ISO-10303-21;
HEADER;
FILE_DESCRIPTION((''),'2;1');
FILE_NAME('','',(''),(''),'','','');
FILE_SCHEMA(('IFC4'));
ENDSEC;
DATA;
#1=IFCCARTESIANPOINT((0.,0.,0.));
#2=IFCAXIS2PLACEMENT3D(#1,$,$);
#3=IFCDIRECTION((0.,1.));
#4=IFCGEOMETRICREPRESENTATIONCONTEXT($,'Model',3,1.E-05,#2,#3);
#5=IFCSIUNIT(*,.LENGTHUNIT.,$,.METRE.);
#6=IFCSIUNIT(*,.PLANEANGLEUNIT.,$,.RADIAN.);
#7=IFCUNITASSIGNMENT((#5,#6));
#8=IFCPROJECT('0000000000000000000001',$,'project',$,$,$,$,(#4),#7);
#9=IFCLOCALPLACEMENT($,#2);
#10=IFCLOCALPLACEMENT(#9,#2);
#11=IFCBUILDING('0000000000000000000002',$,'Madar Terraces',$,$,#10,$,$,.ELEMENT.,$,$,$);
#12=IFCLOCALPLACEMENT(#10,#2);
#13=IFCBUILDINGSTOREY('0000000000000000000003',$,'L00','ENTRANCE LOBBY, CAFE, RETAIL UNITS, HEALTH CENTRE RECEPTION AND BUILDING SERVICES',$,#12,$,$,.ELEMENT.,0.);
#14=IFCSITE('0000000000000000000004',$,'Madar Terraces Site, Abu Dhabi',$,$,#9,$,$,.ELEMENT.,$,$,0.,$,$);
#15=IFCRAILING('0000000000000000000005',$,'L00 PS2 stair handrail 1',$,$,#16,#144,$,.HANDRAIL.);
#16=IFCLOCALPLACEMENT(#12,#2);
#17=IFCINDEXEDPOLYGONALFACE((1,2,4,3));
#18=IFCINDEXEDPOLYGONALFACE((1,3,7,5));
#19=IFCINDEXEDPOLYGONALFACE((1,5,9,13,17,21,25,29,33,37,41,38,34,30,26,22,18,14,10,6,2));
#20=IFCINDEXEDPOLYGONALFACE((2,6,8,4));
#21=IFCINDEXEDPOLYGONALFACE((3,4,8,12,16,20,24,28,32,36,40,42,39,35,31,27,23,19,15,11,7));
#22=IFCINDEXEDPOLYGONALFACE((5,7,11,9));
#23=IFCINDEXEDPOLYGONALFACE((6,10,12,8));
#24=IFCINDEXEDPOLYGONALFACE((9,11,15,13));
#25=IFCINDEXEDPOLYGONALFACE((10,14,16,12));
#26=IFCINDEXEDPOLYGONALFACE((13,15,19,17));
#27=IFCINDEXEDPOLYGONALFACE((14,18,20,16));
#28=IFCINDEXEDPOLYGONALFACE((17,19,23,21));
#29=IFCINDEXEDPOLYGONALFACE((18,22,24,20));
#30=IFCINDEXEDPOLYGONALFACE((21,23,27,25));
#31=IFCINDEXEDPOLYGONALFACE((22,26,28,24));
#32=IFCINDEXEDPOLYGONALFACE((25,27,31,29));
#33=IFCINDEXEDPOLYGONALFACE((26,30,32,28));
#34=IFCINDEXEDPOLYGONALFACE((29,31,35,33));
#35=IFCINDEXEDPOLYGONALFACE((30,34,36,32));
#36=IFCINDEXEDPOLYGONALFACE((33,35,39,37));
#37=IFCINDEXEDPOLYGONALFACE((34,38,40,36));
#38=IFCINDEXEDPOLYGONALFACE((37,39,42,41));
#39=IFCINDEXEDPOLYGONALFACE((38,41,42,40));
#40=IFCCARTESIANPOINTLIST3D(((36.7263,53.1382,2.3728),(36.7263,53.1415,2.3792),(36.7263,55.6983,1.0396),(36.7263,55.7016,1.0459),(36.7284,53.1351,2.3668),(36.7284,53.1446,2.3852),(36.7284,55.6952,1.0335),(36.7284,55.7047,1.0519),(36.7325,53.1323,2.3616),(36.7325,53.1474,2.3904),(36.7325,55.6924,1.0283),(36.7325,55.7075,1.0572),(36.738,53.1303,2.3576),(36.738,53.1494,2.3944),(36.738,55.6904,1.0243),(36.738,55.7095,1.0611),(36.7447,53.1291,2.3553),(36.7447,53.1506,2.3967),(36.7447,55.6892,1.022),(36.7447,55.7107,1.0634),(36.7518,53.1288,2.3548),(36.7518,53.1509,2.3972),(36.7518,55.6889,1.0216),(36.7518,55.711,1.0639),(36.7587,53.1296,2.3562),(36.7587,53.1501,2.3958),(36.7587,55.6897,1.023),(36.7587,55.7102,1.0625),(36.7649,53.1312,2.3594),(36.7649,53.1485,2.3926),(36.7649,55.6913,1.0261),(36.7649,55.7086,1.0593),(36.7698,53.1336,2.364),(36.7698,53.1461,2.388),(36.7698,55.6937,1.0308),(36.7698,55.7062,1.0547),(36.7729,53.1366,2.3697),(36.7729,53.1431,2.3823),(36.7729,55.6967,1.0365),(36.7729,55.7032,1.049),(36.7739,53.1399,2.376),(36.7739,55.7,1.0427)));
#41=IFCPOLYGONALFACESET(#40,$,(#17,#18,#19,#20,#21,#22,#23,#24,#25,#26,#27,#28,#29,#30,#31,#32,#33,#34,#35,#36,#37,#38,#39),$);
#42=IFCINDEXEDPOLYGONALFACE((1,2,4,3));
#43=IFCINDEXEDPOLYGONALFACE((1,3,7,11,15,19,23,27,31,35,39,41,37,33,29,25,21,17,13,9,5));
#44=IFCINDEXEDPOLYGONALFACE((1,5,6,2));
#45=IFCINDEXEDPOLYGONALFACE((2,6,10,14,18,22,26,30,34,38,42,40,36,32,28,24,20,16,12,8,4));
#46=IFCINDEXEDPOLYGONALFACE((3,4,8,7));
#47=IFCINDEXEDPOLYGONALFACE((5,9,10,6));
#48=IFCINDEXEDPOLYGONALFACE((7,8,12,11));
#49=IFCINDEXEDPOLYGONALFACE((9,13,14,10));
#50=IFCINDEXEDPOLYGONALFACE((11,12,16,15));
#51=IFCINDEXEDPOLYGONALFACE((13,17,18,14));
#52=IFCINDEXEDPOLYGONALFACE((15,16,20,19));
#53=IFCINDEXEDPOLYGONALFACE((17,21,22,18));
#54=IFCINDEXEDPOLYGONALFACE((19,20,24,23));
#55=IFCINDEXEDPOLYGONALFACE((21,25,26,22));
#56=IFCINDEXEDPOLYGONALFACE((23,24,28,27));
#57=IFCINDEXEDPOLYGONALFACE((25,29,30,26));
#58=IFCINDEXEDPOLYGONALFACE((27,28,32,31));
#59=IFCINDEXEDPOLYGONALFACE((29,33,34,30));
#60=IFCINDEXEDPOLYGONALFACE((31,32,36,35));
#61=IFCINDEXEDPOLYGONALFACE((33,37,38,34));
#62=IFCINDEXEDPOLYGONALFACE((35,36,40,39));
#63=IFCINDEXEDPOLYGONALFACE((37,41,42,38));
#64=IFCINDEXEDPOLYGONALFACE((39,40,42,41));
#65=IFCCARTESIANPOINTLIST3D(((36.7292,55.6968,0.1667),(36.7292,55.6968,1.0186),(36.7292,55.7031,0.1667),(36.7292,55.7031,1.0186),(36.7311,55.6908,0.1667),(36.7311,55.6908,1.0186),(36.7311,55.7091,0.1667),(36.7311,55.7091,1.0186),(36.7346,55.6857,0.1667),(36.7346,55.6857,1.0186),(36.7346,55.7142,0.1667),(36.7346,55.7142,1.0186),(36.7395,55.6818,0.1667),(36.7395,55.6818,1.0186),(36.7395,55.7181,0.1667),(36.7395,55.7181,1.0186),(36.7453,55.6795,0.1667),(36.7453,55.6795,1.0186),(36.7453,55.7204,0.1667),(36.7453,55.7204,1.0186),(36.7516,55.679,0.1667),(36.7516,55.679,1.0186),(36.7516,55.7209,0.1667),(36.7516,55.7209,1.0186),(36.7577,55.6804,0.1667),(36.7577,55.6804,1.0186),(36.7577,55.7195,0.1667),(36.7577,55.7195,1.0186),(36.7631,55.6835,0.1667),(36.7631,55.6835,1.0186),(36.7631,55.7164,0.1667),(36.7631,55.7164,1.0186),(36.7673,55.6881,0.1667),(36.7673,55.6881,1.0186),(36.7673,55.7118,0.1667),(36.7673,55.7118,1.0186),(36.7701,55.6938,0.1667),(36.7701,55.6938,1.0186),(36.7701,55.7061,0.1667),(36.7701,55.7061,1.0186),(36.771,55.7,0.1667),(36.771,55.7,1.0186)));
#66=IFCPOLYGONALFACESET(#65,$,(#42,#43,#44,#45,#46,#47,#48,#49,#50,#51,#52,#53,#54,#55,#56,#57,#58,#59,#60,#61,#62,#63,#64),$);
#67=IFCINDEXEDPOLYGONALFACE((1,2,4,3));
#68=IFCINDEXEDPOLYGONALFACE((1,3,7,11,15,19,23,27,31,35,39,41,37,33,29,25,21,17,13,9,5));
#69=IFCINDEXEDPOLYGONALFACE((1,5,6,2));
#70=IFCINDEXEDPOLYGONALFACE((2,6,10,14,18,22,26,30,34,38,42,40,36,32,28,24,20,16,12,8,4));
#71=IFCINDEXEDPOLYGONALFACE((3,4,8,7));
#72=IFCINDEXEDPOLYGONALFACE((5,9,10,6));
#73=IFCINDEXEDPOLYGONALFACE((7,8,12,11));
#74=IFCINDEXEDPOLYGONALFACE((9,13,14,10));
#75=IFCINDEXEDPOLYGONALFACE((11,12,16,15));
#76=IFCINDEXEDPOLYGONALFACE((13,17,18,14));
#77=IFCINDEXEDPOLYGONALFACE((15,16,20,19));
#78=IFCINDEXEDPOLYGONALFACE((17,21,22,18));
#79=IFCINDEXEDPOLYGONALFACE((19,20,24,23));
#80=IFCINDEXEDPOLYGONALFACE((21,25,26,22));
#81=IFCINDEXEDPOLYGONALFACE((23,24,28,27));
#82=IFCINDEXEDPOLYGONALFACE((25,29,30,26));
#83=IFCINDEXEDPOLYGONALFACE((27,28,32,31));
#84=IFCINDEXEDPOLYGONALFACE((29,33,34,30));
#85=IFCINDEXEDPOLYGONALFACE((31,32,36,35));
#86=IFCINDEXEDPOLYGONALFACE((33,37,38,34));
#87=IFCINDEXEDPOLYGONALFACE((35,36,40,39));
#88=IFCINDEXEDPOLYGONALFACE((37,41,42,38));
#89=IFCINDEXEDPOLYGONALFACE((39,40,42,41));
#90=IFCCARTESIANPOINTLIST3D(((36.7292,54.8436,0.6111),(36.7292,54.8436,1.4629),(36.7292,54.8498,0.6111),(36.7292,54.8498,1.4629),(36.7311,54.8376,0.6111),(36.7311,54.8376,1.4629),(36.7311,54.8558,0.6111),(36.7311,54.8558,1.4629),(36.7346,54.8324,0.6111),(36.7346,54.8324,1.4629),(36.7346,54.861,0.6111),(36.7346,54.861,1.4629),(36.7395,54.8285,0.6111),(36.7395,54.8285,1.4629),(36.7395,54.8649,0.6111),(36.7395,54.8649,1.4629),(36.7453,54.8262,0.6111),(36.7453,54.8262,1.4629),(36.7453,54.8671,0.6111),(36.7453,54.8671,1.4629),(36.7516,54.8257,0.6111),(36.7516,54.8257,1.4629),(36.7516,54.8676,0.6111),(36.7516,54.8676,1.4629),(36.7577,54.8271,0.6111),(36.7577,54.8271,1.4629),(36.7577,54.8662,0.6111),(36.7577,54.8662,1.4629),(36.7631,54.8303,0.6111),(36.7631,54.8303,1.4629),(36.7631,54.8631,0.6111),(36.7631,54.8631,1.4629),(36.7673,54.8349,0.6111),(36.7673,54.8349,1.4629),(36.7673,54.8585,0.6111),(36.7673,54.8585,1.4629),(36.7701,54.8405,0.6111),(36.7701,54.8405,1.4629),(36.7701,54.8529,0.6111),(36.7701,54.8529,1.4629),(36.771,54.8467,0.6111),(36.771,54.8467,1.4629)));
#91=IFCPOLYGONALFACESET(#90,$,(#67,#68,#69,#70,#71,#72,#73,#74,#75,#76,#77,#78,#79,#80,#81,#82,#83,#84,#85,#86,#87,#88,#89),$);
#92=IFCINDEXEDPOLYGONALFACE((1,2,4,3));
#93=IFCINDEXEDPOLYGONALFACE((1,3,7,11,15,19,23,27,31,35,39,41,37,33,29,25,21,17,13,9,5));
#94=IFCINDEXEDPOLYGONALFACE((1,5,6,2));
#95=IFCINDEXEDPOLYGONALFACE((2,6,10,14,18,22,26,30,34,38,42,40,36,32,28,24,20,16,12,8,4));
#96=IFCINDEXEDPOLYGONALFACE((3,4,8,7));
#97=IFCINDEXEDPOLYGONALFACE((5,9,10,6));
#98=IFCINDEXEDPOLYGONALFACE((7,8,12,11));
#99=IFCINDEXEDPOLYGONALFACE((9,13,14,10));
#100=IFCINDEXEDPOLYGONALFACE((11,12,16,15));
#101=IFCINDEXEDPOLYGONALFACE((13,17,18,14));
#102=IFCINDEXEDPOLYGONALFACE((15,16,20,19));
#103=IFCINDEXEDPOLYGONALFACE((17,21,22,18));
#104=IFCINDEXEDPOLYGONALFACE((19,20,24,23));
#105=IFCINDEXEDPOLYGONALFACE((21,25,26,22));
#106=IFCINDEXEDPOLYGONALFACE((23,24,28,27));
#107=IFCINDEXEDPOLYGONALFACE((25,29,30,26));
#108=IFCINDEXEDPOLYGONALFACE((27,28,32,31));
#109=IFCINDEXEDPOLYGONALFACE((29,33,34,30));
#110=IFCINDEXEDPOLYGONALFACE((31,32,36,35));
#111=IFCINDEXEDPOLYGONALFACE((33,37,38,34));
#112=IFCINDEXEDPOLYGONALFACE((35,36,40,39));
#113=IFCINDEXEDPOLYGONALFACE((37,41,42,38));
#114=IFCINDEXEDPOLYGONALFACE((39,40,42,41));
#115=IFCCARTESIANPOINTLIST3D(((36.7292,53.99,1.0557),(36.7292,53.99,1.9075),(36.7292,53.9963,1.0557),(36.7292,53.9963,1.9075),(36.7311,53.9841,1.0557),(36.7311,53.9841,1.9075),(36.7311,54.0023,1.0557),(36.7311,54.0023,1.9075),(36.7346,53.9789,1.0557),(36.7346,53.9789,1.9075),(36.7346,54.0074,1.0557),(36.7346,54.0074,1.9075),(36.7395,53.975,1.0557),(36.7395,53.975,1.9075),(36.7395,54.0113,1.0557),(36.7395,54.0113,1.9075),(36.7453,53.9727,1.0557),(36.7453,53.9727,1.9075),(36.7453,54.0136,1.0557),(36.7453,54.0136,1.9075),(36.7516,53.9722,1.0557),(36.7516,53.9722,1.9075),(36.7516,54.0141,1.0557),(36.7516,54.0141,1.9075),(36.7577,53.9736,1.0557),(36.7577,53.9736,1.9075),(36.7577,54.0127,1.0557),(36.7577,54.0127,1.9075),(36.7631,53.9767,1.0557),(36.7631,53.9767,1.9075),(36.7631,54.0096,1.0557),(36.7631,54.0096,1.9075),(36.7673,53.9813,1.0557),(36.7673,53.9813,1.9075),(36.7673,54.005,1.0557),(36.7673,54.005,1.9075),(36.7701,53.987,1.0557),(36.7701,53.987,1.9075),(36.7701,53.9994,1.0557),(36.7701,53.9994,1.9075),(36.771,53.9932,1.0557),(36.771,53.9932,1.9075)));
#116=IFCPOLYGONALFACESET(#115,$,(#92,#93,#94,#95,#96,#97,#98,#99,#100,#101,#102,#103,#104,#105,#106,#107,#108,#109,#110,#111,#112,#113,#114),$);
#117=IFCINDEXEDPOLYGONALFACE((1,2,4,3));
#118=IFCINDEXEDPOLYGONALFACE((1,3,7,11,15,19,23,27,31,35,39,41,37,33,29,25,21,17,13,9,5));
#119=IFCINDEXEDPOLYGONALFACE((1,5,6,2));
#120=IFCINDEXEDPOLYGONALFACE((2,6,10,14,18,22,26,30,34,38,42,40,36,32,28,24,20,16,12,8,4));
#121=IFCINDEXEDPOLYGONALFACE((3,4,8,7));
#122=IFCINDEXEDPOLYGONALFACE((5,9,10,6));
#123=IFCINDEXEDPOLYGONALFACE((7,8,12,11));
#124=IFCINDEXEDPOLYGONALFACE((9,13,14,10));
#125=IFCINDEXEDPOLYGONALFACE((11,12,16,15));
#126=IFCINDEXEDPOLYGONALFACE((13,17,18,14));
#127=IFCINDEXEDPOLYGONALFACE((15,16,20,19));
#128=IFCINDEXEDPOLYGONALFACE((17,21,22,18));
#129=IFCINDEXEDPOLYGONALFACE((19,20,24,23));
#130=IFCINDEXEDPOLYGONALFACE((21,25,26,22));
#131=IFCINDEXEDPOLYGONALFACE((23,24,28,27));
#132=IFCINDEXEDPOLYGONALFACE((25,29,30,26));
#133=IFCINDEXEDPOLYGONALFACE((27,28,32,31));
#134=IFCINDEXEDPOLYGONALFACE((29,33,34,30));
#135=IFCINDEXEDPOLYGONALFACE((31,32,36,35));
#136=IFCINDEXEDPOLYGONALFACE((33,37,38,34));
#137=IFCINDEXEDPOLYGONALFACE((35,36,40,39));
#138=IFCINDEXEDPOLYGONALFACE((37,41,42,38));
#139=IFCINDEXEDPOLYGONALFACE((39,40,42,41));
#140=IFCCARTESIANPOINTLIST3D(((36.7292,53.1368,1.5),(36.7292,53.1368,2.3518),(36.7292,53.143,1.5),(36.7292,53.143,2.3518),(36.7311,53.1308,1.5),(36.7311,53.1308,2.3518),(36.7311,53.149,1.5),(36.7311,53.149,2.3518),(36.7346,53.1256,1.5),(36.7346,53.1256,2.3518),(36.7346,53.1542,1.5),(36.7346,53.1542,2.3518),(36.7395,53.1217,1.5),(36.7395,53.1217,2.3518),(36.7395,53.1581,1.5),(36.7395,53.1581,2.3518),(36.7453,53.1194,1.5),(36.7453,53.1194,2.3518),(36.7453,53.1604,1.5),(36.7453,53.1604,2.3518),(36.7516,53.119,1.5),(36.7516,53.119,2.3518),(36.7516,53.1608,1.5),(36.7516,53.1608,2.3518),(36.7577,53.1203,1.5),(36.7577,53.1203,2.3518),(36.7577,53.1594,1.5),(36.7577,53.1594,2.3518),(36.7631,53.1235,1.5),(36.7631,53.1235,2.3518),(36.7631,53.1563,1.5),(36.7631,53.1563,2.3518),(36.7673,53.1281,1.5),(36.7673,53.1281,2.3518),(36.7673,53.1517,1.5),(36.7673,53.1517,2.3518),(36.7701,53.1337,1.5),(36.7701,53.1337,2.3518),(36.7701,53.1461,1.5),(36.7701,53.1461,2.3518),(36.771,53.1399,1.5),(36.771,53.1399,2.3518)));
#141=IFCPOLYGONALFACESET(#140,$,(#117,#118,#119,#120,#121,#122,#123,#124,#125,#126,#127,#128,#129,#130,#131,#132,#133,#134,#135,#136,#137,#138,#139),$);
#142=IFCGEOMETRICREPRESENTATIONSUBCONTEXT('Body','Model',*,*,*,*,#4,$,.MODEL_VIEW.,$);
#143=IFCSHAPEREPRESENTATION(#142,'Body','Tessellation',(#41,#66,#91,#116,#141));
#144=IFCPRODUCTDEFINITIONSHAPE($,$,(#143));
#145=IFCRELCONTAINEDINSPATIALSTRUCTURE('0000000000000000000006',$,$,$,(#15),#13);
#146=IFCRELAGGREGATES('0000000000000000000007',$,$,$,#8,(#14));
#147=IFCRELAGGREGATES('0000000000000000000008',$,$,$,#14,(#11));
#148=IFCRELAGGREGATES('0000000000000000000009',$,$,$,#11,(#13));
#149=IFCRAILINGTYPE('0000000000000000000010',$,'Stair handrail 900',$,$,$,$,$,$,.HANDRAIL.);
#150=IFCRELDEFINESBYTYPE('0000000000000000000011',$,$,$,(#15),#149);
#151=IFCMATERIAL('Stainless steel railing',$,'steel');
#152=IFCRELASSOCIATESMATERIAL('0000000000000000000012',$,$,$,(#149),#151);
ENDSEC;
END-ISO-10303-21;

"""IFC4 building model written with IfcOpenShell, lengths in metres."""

from ifc_helpers import new_model, si_unit, direction, frame, origin, origin_2d, place, context, subcontext, project, spatial, circle, extrude, material, type_object, element, save


model = new_model("IFC4")

# Units and contexts
model_context = context("Model", 3, precision=1e-05, world=origin(), true_north=direction((0.0, 1.0)))
body_context = subcontext(model_context, "Body", "Model", "MODEL_VIEW")
ifc_project = project(units=[si_unit("LENGTHUNIT", "METRE"), si_unit("PLANEANGLEUNIT", "RADIAN")], contexts=[model_context])

# Site, building, storey
site_placement = place(None, origin())
site = spatial("IfcSite", under=ifc_project, at=site_placement, Name="Madar Terraces Site, Abu Dhabi", CompositionType="ELEMENT", RefElevation=0.0)
building_placement = place(site_placement, origin())
building = spatial("IfcBuilding", under=site, at=building_placement, Name="Madar Terraces", CompositionType="ELEMENT")
storey_placement = place(building_placement, origin())
storey = spatial("IfcBuildingStorey", under=building, at=storey_placement, Name="L00", Description="ENTRANCE LOBBY, CAFE, RETAIL UNITS, HEALTH CENTRE RECEPTION AND BUILDING SERVICES", CompositionType="ELEMENT", Elevation=0.0)

# Railing
ifc_material_1 = material(Name="Stainless steel railing", Category="steel")
railing_type_1 = type_object("IfcRailingType", Name="Stair handrail 900", PredefinedType="HANDRAIL", material=ifc_material_1)
railing_1_placement = place(storey_placement, frame((36.75, 55.7, 0.1667)))
element("IfcRailing", 1, at=railing_1_placement, inside=storey, type_object=railing_type_1, Name="L00 PS2 stair handrail 1", PredefinedType="HANDRAIL", context=body_context, shape_type="SweptSolid", body=[
    extrude(circle(Radius=0.0239, at=origin_2d()), frame((0.0, 0.0, 0.876), z_axis=(0.0, -0.88693, 0.461904), x_axis=(1.0, 0.0, 0.0)), (0.0, 0.0, 1.0), 2.8865),
    extrude(circle(Radius=0.021, at=origin_2d()), origin(), (0.0, 0.0, 1.0), 0.8518),
    extrude(circle(Radius=0.021, at=origin_2d()), frame((0.0, -0.8533, 0.4443)), (0.0, 0.0, 1.0), 0.8518),
    extrude(circle(Radius=0.021, at=origin_2d()), frame((0.0, -1.7068, 0.8889)), (0.0, 0.0, 1.0), 0.8518),
    extrude(circle(Radius=0.021, at=origin_2d()), frame((0.0, -2.5601, 1.3333)), (0.0, 0.0, 1.0), 0.8518),
])

save(model, "model.ifc")
